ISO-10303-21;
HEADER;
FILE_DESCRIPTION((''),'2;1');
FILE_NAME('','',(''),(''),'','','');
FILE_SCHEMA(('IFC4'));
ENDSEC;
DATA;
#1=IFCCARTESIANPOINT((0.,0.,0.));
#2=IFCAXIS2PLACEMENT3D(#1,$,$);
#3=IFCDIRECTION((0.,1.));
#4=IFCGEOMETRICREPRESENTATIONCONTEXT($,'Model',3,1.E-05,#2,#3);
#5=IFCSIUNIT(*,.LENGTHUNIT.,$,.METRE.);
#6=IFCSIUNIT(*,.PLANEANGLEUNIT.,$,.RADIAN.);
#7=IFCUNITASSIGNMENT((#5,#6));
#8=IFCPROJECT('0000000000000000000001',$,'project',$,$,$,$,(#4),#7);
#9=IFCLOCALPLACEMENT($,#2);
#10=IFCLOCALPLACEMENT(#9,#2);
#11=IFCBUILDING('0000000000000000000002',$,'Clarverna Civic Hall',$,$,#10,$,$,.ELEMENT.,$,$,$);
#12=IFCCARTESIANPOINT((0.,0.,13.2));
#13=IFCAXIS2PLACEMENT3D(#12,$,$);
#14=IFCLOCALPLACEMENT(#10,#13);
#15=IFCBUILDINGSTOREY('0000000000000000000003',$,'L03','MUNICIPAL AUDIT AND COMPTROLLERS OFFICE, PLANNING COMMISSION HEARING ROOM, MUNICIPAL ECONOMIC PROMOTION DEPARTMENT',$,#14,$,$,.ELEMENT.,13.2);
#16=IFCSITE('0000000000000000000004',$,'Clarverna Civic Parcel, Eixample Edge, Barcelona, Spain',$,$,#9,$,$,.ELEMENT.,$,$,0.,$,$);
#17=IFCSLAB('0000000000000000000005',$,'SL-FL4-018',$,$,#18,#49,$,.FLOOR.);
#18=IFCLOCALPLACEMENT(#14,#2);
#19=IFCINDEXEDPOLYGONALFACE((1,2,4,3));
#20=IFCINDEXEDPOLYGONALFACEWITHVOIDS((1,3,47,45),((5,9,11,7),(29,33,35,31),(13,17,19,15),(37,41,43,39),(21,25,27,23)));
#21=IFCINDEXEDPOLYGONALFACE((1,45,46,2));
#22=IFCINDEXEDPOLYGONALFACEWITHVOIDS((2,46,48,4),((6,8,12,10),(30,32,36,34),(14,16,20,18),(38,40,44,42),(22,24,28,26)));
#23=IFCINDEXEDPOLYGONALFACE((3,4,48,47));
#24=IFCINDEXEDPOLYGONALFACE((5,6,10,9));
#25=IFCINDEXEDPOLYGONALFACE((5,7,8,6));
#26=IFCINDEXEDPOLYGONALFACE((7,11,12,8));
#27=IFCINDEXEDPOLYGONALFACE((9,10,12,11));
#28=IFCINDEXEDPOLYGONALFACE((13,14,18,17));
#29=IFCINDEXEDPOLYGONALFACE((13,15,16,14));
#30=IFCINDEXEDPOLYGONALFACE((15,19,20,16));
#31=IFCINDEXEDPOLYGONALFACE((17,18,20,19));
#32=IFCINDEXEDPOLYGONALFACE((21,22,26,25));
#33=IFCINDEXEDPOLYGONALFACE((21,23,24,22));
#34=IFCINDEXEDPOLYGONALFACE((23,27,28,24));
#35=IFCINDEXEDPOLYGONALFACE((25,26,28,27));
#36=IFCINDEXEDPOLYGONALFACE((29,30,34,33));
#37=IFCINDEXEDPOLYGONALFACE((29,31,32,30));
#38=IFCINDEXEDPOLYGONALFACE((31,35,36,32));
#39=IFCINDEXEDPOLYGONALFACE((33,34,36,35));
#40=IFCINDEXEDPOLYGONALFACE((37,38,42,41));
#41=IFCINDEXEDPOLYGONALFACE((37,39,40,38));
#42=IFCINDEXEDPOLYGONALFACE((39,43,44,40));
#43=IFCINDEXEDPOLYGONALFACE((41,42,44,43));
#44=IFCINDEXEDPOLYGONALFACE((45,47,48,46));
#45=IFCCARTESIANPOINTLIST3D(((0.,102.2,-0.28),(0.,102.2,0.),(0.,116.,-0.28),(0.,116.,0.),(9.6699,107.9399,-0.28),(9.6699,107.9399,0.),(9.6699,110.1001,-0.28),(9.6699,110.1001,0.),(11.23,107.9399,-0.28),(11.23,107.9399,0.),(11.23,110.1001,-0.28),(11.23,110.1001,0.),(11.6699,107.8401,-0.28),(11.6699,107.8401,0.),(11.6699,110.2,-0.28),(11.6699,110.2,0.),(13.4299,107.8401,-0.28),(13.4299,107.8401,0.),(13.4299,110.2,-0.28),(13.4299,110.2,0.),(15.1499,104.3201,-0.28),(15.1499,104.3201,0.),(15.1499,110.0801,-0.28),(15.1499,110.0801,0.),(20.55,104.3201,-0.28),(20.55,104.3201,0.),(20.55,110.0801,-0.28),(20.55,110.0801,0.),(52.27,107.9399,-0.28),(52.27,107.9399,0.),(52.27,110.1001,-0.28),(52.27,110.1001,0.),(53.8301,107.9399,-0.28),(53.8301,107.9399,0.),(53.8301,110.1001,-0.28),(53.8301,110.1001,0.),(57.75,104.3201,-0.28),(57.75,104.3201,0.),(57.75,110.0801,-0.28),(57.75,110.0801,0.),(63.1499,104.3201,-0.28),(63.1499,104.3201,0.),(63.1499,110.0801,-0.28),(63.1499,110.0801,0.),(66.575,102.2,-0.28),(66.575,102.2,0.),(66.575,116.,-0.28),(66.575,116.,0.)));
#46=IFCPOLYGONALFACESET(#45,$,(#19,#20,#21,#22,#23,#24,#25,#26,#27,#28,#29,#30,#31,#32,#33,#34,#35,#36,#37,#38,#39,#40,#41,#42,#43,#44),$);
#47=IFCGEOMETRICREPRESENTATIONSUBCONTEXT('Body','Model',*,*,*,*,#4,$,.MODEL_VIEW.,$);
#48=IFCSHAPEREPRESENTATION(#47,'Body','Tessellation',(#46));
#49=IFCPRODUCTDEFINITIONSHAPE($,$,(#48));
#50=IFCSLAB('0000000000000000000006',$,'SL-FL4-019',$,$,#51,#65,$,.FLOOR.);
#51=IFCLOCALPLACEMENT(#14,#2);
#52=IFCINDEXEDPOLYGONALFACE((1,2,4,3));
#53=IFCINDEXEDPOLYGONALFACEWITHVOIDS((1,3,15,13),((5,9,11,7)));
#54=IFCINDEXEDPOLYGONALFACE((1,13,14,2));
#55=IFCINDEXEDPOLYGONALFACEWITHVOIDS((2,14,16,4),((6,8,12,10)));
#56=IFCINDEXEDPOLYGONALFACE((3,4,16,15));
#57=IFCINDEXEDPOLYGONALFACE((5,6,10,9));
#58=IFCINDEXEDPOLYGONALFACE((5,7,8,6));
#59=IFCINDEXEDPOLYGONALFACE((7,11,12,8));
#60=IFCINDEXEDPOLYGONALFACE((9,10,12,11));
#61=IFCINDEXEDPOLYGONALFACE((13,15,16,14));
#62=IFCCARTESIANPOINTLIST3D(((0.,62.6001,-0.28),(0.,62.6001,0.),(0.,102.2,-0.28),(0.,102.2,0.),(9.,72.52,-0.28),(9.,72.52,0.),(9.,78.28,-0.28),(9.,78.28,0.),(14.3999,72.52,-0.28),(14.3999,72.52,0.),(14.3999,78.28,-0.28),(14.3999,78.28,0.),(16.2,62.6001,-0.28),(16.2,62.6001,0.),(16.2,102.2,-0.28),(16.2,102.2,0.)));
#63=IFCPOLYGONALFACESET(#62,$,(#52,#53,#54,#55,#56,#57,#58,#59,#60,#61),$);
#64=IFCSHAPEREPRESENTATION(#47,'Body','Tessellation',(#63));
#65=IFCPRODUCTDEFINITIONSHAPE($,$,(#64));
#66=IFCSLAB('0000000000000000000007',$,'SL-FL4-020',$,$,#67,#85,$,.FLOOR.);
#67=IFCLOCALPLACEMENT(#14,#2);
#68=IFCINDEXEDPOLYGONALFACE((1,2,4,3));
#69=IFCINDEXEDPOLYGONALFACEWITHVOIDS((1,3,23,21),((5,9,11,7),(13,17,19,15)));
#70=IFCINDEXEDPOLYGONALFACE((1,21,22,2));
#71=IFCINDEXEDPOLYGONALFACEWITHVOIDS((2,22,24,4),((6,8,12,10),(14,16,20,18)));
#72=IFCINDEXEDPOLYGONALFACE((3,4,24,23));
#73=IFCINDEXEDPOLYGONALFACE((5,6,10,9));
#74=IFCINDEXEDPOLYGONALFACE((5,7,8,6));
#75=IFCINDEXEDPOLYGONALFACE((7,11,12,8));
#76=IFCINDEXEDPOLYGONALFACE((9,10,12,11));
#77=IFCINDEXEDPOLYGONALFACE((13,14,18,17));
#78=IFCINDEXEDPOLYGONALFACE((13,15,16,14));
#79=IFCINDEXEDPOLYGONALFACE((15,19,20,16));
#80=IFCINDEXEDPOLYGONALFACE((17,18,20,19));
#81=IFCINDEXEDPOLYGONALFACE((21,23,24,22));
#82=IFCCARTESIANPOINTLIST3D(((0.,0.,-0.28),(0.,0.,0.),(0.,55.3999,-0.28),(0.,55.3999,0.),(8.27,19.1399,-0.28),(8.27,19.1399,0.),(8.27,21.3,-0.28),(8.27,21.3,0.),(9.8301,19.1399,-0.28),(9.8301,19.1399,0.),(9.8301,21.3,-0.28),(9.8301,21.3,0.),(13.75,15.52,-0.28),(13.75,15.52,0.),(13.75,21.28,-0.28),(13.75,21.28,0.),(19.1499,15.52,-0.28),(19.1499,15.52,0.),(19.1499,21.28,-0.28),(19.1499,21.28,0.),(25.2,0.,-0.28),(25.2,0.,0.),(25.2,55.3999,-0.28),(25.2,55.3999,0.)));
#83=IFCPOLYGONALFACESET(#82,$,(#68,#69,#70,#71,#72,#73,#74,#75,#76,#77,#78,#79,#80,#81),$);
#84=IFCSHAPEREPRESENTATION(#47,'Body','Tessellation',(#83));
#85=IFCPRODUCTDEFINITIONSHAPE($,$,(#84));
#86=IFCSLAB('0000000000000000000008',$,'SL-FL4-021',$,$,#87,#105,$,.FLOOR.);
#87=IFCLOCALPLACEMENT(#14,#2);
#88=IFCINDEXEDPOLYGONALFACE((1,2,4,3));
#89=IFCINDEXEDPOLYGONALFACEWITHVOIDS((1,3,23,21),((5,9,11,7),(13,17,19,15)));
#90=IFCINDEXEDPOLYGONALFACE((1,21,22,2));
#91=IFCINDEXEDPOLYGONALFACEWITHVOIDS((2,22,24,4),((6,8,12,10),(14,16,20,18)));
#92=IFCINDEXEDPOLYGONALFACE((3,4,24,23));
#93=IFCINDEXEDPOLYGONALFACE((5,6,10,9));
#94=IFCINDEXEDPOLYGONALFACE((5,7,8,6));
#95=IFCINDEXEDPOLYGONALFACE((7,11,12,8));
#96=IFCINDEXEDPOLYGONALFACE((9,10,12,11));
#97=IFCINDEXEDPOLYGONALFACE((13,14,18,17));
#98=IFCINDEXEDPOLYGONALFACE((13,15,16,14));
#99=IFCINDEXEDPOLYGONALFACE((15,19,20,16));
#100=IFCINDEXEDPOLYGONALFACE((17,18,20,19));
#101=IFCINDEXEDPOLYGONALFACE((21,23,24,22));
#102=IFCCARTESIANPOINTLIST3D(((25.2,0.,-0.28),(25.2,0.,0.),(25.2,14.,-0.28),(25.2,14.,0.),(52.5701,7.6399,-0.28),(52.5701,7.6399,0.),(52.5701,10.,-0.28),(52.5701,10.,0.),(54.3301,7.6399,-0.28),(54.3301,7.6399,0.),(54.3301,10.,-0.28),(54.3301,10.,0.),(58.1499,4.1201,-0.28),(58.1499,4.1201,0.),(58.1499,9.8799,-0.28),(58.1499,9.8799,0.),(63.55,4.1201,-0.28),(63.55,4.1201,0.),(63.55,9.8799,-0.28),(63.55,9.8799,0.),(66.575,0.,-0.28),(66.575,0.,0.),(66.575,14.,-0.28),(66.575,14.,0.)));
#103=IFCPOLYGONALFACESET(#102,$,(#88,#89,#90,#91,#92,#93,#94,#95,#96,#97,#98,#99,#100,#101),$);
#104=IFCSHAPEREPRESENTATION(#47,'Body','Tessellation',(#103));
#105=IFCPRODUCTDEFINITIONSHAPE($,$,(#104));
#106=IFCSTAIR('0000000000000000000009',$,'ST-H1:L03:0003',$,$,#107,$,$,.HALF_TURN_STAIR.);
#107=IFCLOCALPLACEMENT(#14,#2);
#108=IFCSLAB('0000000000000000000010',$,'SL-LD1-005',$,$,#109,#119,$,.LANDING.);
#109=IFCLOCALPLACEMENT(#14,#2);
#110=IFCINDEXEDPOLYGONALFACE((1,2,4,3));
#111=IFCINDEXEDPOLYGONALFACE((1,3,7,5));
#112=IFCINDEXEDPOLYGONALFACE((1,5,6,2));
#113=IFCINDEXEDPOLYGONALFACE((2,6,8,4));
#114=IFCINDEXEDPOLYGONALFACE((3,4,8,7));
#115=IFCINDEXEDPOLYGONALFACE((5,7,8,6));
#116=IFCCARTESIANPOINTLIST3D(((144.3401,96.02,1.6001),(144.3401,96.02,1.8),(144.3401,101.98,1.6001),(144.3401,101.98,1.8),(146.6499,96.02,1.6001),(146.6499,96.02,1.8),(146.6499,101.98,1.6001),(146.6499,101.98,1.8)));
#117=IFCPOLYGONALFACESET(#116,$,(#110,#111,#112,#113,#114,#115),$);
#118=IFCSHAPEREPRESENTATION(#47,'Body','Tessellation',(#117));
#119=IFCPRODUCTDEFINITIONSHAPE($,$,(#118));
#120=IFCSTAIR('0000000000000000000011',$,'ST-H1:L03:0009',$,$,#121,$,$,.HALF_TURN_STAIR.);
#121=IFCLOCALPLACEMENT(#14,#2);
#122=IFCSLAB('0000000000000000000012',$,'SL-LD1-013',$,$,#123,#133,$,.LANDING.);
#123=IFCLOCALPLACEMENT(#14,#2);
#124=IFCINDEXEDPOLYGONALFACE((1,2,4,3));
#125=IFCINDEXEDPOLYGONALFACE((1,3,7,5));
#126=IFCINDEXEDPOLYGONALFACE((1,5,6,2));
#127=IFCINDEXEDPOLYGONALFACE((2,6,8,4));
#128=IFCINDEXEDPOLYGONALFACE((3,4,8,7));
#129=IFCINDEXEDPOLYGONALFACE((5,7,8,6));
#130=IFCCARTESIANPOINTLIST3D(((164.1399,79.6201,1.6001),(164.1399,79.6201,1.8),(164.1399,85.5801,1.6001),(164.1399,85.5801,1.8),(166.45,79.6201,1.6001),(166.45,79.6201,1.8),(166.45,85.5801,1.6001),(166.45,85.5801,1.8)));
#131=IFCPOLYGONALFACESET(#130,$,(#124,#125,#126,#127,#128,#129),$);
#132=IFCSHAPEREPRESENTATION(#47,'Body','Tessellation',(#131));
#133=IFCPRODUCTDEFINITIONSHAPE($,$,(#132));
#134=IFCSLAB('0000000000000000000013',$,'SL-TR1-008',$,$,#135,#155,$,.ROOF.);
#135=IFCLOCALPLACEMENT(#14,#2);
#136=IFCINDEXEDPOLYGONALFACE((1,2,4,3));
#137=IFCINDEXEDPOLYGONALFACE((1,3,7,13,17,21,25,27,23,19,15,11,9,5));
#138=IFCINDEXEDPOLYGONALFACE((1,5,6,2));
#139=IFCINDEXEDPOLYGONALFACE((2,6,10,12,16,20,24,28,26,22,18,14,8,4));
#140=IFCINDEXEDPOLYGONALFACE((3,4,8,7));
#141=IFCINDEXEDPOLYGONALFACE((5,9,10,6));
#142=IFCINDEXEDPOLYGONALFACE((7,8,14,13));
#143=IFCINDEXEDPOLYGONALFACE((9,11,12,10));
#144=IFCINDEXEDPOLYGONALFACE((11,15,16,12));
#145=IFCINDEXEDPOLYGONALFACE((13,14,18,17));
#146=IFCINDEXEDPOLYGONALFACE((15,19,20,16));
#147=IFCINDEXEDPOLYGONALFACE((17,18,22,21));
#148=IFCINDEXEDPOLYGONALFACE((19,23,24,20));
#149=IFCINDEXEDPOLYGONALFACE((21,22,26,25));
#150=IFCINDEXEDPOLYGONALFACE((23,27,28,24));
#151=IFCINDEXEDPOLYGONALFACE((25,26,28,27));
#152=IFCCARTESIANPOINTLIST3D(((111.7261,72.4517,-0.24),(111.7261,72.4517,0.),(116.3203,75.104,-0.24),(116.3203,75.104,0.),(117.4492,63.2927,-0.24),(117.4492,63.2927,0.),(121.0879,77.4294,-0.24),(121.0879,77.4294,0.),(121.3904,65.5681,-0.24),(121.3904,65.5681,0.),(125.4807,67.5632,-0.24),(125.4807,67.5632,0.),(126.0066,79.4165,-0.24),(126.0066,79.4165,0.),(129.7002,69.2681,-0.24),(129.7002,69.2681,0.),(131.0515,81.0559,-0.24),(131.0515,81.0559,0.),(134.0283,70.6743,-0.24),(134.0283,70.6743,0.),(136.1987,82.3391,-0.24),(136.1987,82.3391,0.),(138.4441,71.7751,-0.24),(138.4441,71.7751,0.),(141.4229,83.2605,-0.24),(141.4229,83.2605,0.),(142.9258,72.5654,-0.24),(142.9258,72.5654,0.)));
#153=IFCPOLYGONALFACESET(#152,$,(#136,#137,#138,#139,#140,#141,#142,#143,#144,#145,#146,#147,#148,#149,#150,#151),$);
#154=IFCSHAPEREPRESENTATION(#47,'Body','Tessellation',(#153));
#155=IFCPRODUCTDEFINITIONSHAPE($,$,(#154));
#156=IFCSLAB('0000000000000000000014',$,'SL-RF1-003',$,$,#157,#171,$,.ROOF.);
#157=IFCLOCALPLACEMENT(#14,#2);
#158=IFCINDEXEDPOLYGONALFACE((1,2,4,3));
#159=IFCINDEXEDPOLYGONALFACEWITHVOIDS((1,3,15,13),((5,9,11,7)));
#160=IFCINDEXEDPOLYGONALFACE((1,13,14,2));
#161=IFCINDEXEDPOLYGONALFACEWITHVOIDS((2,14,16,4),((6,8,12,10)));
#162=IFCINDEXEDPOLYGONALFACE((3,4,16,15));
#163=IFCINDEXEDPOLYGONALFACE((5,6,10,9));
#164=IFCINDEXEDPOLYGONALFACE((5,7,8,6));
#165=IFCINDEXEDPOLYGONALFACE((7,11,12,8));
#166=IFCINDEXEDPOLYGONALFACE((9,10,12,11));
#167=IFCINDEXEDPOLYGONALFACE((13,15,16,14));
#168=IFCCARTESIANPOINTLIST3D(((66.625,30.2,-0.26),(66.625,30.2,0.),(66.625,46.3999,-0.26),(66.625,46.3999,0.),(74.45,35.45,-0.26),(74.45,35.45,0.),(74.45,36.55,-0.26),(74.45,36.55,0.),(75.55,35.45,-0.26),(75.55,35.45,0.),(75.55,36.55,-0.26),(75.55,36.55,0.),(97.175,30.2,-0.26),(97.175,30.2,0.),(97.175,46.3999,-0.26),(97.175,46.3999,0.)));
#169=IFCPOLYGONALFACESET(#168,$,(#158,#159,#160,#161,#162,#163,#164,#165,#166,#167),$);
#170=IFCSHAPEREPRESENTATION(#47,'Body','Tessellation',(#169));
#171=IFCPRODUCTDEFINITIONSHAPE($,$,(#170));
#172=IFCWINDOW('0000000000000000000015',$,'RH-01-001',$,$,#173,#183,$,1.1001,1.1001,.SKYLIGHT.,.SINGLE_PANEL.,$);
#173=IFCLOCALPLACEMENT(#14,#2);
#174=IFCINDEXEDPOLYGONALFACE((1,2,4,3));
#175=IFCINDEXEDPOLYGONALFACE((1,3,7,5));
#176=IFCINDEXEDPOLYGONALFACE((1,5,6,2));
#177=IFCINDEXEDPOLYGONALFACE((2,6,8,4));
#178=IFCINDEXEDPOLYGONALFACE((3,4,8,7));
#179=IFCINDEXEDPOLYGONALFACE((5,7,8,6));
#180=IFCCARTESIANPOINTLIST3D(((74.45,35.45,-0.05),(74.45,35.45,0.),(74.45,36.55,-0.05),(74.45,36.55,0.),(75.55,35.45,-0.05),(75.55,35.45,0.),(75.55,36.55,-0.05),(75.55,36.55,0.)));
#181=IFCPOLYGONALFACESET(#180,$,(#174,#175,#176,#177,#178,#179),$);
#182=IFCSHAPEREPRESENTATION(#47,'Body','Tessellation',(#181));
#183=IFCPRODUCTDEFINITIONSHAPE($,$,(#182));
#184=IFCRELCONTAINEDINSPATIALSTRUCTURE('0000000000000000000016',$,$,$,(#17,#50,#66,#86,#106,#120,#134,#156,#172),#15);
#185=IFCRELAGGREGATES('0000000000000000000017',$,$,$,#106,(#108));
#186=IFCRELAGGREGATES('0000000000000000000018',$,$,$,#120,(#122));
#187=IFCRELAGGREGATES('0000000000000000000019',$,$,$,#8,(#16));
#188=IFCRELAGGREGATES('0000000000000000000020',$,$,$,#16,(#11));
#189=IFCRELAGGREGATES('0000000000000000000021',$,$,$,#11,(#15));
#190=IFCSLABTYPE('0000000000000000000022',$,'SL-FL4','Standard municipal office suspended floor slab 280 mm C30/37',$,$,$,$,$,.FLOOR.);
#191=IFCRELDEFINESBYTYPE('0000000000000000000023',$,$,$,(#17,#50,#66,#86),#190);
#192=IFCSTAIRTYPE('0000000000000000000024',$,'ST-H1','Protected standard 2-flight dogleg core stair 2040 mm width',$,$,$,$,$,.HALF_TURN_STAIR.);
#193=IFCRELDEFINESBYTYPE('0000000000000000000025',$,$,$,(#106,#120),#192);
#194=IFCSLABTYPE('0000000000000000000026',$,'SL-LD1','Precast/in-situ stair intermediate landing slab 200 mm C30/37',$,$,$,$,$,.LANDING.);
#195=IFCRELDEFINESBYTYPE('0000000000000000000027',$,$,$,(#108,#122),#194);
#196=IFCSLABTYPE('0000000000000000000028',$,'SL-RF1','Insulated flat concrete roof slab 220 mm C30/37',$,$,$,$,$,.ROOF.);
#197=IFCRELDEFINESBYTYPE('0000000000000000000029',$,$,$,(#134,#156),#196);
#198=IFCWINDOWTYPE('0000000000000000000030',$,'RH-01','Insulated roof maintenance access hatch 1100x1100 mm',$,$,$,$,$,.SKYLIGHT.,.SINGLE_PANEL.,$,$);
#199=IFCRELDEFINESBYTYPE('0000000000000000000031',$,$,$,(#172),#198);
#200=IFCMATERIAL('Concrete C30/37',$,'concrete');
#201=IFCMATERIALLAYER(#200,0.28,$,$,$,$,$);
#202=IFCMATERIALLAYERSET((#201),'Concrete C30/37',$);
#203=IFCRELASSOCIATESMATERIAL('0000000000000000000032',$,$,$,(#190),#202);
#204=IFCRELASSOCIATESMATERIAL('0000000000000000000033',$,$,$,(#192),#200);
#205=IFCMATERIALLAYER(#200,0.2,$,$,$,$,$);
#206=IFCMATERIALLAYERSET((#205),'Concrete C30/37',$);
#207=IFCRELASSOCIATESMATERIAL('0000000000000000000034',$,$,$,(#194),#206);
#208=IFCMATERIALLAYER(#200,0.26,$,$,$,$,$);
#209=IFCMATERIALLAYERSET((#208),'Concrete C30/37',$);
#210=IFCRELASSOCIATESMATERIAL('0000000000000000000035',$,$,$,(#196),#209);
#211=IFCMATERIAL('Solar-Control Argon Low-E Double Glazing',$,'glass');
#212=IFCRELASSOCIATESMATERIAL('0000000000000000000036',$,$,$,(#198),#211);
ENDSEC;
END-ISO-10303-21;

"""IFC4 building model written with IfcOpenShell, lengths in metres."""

from ifc_helpers import new_model, si_unit, direction, frame, origin, origin_2d, place, context, subcontext, project, spatial, polyline, rectangle, outline, extrude, material, layer, layer_set, type_object, element, fill, aggregate, save


model = new_model("IFC4")

# Units and contexts
model_context = context("Model", 3, precision=1e-05, world=origin(), true_north=direction((0.0, 1.0)))
body_context = subcontext(model_context, "Body", "Model", "MODEL_VIEW")
ifc_project = project(units=[si_unit("LENGTHUNIT", "METRE"), si_unit("PLANEANGLEUNIT", "RADIAN")], contexts=[model_context])

# Site, building, storey
site_placement = place(None, origin())
site = spatial("IfcSite", under=ifc_project, at=site_placement, Name="Clarverna Civic Parcel, Eixample Edge, Barcelona, Spain", CompositionType="ELEMENT", RefElevation=0.0)
building_placement = place(site_placement, origin())
building = spatial("IfcBuilding", under=site, at=building_placement, Name="Clarverna Civic Hall", CompositionType="ELEMENT")
storey_placement = place(building_placement, frame((0.0, 0.0, 13.2)))
storey = spatial("IfcBuildingStorey", under=building, at=storey_placement, Name="L03", Description="MUNICIPAL AUDIT AND COMPTROLLERS OFFICE, PLANNING COMMISSION HEARING ROOM, MUNICIPAL ECONOMIC PROMOTION DEPARTMENT", CompositionType="ELEMENT", Elevation=13.2)

# Slabs
ifc_material_1 = material(Name="Concrete C30/37", Category="concrete")
ifc_layer_1 = layer(ifc_material_1, 0.28)
ifc_layer_set_1 = layer_set([ifc_layer_1], Name="Concrete C30/37")
slab_type_1 = type_object("IfcSlabType", Name="SL-FL4", Description="Standard municipal office suspended floor slab 280 mm C30/37", PredefinedType="FLOOR", material=ifc_layer_set_1)
slab_1_placement = place(storey_placement, frame((0.0, 0.0, -0.28)))
element("IfcSlab", 1, at=slab_1_placement, inside=storey, type_object=slab_type_1, Name="SL-FL4-018", PredefinedType="FLOOR", context=body_context, shape_type="SweptSolid", body=[
    extrude(outline(polyline([(0.0, 102.2), (66.575, 102.2), (66.575, 116.0), (0.0, 116.0), (0.0, 102.2)]), holes=[polyline([(15.1499, 104.3201), (20.55, 104.3201), (20.55, 110.0801), (15.1499, 110.0801), (15.1499, 104.3201)]), polyline([(9.6699, 107.9399), (11.23, 107.9399), (11.23, 110.1001), (9.6699, 110.1001), (9.6699, 107.9399)]), polyline([(11.6699, 107.8401), (13.4299, 107.8401), (13.4299, 110.2), (11.6699, 110.2), (11.6699, 107.8401)]), polyline([(57.75, 104.3201), (63.1499, 104.3201), (63.1499, 110.0801), (57.75, 110.0801), (57.75, 104.3201)]), polyline([(52.27, 107.9399), (53.8301, 107.9399), (53.8301, 110.1001), (52.27, 110.1001), (52.27, 107.9399)])]), origin(), (0.0, 0.0, 1.0), 0.28),
])
slab_2_placement = place(storey_placement, frame((0.0, 0.0, -0.28)))
element("IfcSlab", 2, at=slab_2_placement, inside=storey, type_object=slab_type_1, Name="SL-FL4-019", PredefinedType="FLOOR", context=body_context, shape_type="SweptSolid", body=[
    extrude(outline(polyline([(0.0, 102.2), (0.0, 62.6001), (16.2, 62.6001), (16.2, 102.2), (0.0, 102.2)]), holes=[polyline([(9.0, 72.52), (14.3999, 72.52), (14.3999, 78.28), (9.0, 78.28), (9.0, 72.52)])]), origin(), (0.0, 0.0, 1.0), 0.28),
])
slab_3_placement = place(storey_placement, frame((0.0, 0.0, -0.28)))
element("IfcSlab", 3, at=slab_3_placement, inside=storey, type_object=slab_type_1, Name="SL-FL4-020", PredefinedType="FLOOR", context=body_context, shape_type="SweptSolid", body=[
    extrude(outline(polyline([(0.0, 55.3999), (0.0, 0.0), (25.2, 0.0), (25.2, 55.3999), (0.0, 55.3999)]), holes=[polyline([(13.75, 15.52), (19.1499, 15.52), (19.1499, 21.28), (13.75, 21.28), (13.75, 15.52)]), polyline([(8.27, 19.1399), (9.8301, 19.1399), (9.8301, 21.3), (8.27, 21.3), (8.27, 19.1399)])]), origin(), (0.0, 0.0, 1.0), 0.28),
])
slab_4_placement = place(storey_placement, frame((0.0, 0.0, -0.28)))
element("IfcSlab", 4, at=slab_4_placement, inside=storey, type_object=slab_type_1, Name="SL-FL4-021", PredefinedType="FLOOR", context=body_context, shape_type="SweptSolid", body=[
    extrude(outline(polyline([(25.2, 0.0), (66.575, 0.0), (66.575, 14.0), (25.2, 14.0), (25.2, 0.0)]), holes=[polyline([(58.1499, 4.1201), (63.55, 4.1201), (63.55, 9.8799), (58.1499, 9.8799), (58.1499, 4.1201)]), polyline([(52.5701, 7.6399), (54.3301, 7.6399), (54.3301, 10.0), (52.5701, 10.0), (52.5701, 7.6399)])]), origin(), (0.0, 0.0, 1.0), 0.28),
])

# Stairs, slabs
stair_type = type_object("IfcStairType", Name="ST-H1", Description="Protected standard 2-flight dogleg core stair 2040 mm width", PredefinedType="HALF_TURN_STAIR", material=ifc_material_1)
stair_1_placement = place(storey_placement, origin())
stair_1 = element("IfcStair", 5, at=stair_1_placement, inside=storey, type_object=stair_type, Name="ST-H1:L03:0003", PredefinedType="HALF_TURN_STAIR")
ifc_layer_2 = layer(ifc_material_1, 0.2)
ifc_layer_set_2 = layer_set([ifc_layer_2], Name="Concrete C30/37")
slab_type_2 = type_object("IfcSlabType", Name="SL-LD1", Description="Precast/in-situ stair intermediate landing slab 200 mm C30/37", PredefinedType="LANDING", material=ifc_layer_set_2)
slab_5_placement = place(storey_placement, frame((0.0, 0.0, 1.6001)))
slab_5 = element("IfcSlab", 6, at=slab_5_placement, type_object=slab_type_2, Name="SL-LD1-005", PredefinedType="LANDING", context=body_context, shape_type="SweptSolid", body=[
    extrude(outline(polyline([(144.3401, 96.02), (146.6499, 96.02), (146.6499, 101.98), (144.3401, 101.98), (144.3401, 96.02)])), origin(), (0.0, 0.0, 1.0), 0.2),
])
aggregate(stair_1, [slab_5])
stair_2_placement = place(storey_placement, origin())
stair_2 = element("IfcStair", 7, at=stair_2_placement, inside=storey, type_object=stair_type, Name="ST-H1:L03:0009", PredefinedType="HALF_TURN_STAIR")
slab_6_placement = place(storey_placement, frame((0.0, 0.0, 1.6001)))
slab_6 = element("IfcSlab", 8, at=slab_6_placement, type_object=slab_type_2, Name="SL-LD1-013", PredefinedType="LANDING", context=body_context, shape_type="SweptSolid", body=[
    extrude(outline(polyline([(164.1399, 79.6201), (166.45, 79.6201), (166.45, 85.5801), (164.1399, 85.5801), (164.1399, 79.6201)])), origin(), (0.0, 0.0, 1.0), 0.2),
])
aggregate(stair_2, [slab_6])

# Slab
ifc_layer_3 = layer(ifc_material_1, 0.26)
ifc_layer_set_3 = layer_set([ifc_layer_3], Name="Concrete C30/37")
slab_type_3 = type_object("IfcSlabType", Name="SL-RF1", Description="Insulated flat concrete roof slab 220 mm C30/37", PredefinedType="ROOF", material=ifc_layer_set_3)
slab_7_placement = place(storey_placement, frame((0.0, 0.0, -0.24)))
element("IfcSlab", 9, at=slab_7_placement, inside=storey, type_object=slab_type_3, Name="SL-TR1-008", PredefinedType="ROOF", context=body_context, shape_type="SweptSolid", body=[
    extrude(outline(polyline([(134.0283, 70.6743), (138.4441, 71.7751), (142.9258, 72.5654), (141.4229, 83.2605), (136.1987, 82.3391), (131.0515, 81.0559), (126.0066, 79.4165), (121.0879, 77.4294), (116.3203, 75.104), (111.7261, 72.4517), (117.4492, 63.2927), (121.3904, 65.5681), (125.4807, 67.5632), (129.7002, 69.2681), (134.0283, 70.6743)])), origin(), (0.0, 0.0, 1.0), 0.24),
])

# Slab, opening, window
slab_8_placement = place(storey_placement, frame((0.0, 0.0, -0.26)))
slab_8 = element("IfcSlab", 10, at=slab_8_placement, inside=storey, type_object=slab_type_3, Name="SL-RF1-003", PredefinedType="ROOF", context=body_context, shape_type="SweptSolid", body=[
    extrude(outline(polyline([(66.625, 30.2), (97.175, 30.2), (97.175, 46.3999), (66.625, 46.3999), (66.625, 30.2)])), origin(), (0.0, 0.0, 1.0), 0.26),
])
opening_placement = place(slab_8_placement, frame((75.0, 36.0, 0.0)))
opening = element("IfcOpeningElement", 11, at=opening_placement, cuts=slab_8, PredefinedType="OPENING", context=body_context, shape_type="SweptSolid", body=[
    extrude(rectangle(XDim=1.1001, YDim=1.1001, at=origin_2d()), frame((0.0, 0.0, -0.01)), (0.0, 0.0, 1.0), 0.28),
])
ifc_material_2 = material(Name="Solar-Control Argon Low-E Double Glazing", Category="glass")
window_type = type_object("IfcWindowType", Name="RH-01", Description="Insulated roof maintenance access hatch 1100x1100 mm", PartitioningType="SINGLE_PANEL", PredefinedType="SKYLIGHT", material=ifc_material_2)
window_placement = place(opening_placement, frame((0.0, 0.0, 0.21)))
window = element("IfcWindow", 12, at=window_placement, inside=storey, type_object=window_type, Name="RH-01-001", OverallHeight=1.1001, OverallWidth=1.1001, PartitioningType="SINGLE_PANEL", PredefinedType="SKYLIGHT", context=body_context, shape_type="SweptSolid", body=[
    extrude(rectangle(XDim=1.1001, YDim=1.1001, at=origin_2d()), origin(), (0.0, 0.0, 1.0), 0.05),
])
fill(opening, window)

save(model, "model.ifc")
